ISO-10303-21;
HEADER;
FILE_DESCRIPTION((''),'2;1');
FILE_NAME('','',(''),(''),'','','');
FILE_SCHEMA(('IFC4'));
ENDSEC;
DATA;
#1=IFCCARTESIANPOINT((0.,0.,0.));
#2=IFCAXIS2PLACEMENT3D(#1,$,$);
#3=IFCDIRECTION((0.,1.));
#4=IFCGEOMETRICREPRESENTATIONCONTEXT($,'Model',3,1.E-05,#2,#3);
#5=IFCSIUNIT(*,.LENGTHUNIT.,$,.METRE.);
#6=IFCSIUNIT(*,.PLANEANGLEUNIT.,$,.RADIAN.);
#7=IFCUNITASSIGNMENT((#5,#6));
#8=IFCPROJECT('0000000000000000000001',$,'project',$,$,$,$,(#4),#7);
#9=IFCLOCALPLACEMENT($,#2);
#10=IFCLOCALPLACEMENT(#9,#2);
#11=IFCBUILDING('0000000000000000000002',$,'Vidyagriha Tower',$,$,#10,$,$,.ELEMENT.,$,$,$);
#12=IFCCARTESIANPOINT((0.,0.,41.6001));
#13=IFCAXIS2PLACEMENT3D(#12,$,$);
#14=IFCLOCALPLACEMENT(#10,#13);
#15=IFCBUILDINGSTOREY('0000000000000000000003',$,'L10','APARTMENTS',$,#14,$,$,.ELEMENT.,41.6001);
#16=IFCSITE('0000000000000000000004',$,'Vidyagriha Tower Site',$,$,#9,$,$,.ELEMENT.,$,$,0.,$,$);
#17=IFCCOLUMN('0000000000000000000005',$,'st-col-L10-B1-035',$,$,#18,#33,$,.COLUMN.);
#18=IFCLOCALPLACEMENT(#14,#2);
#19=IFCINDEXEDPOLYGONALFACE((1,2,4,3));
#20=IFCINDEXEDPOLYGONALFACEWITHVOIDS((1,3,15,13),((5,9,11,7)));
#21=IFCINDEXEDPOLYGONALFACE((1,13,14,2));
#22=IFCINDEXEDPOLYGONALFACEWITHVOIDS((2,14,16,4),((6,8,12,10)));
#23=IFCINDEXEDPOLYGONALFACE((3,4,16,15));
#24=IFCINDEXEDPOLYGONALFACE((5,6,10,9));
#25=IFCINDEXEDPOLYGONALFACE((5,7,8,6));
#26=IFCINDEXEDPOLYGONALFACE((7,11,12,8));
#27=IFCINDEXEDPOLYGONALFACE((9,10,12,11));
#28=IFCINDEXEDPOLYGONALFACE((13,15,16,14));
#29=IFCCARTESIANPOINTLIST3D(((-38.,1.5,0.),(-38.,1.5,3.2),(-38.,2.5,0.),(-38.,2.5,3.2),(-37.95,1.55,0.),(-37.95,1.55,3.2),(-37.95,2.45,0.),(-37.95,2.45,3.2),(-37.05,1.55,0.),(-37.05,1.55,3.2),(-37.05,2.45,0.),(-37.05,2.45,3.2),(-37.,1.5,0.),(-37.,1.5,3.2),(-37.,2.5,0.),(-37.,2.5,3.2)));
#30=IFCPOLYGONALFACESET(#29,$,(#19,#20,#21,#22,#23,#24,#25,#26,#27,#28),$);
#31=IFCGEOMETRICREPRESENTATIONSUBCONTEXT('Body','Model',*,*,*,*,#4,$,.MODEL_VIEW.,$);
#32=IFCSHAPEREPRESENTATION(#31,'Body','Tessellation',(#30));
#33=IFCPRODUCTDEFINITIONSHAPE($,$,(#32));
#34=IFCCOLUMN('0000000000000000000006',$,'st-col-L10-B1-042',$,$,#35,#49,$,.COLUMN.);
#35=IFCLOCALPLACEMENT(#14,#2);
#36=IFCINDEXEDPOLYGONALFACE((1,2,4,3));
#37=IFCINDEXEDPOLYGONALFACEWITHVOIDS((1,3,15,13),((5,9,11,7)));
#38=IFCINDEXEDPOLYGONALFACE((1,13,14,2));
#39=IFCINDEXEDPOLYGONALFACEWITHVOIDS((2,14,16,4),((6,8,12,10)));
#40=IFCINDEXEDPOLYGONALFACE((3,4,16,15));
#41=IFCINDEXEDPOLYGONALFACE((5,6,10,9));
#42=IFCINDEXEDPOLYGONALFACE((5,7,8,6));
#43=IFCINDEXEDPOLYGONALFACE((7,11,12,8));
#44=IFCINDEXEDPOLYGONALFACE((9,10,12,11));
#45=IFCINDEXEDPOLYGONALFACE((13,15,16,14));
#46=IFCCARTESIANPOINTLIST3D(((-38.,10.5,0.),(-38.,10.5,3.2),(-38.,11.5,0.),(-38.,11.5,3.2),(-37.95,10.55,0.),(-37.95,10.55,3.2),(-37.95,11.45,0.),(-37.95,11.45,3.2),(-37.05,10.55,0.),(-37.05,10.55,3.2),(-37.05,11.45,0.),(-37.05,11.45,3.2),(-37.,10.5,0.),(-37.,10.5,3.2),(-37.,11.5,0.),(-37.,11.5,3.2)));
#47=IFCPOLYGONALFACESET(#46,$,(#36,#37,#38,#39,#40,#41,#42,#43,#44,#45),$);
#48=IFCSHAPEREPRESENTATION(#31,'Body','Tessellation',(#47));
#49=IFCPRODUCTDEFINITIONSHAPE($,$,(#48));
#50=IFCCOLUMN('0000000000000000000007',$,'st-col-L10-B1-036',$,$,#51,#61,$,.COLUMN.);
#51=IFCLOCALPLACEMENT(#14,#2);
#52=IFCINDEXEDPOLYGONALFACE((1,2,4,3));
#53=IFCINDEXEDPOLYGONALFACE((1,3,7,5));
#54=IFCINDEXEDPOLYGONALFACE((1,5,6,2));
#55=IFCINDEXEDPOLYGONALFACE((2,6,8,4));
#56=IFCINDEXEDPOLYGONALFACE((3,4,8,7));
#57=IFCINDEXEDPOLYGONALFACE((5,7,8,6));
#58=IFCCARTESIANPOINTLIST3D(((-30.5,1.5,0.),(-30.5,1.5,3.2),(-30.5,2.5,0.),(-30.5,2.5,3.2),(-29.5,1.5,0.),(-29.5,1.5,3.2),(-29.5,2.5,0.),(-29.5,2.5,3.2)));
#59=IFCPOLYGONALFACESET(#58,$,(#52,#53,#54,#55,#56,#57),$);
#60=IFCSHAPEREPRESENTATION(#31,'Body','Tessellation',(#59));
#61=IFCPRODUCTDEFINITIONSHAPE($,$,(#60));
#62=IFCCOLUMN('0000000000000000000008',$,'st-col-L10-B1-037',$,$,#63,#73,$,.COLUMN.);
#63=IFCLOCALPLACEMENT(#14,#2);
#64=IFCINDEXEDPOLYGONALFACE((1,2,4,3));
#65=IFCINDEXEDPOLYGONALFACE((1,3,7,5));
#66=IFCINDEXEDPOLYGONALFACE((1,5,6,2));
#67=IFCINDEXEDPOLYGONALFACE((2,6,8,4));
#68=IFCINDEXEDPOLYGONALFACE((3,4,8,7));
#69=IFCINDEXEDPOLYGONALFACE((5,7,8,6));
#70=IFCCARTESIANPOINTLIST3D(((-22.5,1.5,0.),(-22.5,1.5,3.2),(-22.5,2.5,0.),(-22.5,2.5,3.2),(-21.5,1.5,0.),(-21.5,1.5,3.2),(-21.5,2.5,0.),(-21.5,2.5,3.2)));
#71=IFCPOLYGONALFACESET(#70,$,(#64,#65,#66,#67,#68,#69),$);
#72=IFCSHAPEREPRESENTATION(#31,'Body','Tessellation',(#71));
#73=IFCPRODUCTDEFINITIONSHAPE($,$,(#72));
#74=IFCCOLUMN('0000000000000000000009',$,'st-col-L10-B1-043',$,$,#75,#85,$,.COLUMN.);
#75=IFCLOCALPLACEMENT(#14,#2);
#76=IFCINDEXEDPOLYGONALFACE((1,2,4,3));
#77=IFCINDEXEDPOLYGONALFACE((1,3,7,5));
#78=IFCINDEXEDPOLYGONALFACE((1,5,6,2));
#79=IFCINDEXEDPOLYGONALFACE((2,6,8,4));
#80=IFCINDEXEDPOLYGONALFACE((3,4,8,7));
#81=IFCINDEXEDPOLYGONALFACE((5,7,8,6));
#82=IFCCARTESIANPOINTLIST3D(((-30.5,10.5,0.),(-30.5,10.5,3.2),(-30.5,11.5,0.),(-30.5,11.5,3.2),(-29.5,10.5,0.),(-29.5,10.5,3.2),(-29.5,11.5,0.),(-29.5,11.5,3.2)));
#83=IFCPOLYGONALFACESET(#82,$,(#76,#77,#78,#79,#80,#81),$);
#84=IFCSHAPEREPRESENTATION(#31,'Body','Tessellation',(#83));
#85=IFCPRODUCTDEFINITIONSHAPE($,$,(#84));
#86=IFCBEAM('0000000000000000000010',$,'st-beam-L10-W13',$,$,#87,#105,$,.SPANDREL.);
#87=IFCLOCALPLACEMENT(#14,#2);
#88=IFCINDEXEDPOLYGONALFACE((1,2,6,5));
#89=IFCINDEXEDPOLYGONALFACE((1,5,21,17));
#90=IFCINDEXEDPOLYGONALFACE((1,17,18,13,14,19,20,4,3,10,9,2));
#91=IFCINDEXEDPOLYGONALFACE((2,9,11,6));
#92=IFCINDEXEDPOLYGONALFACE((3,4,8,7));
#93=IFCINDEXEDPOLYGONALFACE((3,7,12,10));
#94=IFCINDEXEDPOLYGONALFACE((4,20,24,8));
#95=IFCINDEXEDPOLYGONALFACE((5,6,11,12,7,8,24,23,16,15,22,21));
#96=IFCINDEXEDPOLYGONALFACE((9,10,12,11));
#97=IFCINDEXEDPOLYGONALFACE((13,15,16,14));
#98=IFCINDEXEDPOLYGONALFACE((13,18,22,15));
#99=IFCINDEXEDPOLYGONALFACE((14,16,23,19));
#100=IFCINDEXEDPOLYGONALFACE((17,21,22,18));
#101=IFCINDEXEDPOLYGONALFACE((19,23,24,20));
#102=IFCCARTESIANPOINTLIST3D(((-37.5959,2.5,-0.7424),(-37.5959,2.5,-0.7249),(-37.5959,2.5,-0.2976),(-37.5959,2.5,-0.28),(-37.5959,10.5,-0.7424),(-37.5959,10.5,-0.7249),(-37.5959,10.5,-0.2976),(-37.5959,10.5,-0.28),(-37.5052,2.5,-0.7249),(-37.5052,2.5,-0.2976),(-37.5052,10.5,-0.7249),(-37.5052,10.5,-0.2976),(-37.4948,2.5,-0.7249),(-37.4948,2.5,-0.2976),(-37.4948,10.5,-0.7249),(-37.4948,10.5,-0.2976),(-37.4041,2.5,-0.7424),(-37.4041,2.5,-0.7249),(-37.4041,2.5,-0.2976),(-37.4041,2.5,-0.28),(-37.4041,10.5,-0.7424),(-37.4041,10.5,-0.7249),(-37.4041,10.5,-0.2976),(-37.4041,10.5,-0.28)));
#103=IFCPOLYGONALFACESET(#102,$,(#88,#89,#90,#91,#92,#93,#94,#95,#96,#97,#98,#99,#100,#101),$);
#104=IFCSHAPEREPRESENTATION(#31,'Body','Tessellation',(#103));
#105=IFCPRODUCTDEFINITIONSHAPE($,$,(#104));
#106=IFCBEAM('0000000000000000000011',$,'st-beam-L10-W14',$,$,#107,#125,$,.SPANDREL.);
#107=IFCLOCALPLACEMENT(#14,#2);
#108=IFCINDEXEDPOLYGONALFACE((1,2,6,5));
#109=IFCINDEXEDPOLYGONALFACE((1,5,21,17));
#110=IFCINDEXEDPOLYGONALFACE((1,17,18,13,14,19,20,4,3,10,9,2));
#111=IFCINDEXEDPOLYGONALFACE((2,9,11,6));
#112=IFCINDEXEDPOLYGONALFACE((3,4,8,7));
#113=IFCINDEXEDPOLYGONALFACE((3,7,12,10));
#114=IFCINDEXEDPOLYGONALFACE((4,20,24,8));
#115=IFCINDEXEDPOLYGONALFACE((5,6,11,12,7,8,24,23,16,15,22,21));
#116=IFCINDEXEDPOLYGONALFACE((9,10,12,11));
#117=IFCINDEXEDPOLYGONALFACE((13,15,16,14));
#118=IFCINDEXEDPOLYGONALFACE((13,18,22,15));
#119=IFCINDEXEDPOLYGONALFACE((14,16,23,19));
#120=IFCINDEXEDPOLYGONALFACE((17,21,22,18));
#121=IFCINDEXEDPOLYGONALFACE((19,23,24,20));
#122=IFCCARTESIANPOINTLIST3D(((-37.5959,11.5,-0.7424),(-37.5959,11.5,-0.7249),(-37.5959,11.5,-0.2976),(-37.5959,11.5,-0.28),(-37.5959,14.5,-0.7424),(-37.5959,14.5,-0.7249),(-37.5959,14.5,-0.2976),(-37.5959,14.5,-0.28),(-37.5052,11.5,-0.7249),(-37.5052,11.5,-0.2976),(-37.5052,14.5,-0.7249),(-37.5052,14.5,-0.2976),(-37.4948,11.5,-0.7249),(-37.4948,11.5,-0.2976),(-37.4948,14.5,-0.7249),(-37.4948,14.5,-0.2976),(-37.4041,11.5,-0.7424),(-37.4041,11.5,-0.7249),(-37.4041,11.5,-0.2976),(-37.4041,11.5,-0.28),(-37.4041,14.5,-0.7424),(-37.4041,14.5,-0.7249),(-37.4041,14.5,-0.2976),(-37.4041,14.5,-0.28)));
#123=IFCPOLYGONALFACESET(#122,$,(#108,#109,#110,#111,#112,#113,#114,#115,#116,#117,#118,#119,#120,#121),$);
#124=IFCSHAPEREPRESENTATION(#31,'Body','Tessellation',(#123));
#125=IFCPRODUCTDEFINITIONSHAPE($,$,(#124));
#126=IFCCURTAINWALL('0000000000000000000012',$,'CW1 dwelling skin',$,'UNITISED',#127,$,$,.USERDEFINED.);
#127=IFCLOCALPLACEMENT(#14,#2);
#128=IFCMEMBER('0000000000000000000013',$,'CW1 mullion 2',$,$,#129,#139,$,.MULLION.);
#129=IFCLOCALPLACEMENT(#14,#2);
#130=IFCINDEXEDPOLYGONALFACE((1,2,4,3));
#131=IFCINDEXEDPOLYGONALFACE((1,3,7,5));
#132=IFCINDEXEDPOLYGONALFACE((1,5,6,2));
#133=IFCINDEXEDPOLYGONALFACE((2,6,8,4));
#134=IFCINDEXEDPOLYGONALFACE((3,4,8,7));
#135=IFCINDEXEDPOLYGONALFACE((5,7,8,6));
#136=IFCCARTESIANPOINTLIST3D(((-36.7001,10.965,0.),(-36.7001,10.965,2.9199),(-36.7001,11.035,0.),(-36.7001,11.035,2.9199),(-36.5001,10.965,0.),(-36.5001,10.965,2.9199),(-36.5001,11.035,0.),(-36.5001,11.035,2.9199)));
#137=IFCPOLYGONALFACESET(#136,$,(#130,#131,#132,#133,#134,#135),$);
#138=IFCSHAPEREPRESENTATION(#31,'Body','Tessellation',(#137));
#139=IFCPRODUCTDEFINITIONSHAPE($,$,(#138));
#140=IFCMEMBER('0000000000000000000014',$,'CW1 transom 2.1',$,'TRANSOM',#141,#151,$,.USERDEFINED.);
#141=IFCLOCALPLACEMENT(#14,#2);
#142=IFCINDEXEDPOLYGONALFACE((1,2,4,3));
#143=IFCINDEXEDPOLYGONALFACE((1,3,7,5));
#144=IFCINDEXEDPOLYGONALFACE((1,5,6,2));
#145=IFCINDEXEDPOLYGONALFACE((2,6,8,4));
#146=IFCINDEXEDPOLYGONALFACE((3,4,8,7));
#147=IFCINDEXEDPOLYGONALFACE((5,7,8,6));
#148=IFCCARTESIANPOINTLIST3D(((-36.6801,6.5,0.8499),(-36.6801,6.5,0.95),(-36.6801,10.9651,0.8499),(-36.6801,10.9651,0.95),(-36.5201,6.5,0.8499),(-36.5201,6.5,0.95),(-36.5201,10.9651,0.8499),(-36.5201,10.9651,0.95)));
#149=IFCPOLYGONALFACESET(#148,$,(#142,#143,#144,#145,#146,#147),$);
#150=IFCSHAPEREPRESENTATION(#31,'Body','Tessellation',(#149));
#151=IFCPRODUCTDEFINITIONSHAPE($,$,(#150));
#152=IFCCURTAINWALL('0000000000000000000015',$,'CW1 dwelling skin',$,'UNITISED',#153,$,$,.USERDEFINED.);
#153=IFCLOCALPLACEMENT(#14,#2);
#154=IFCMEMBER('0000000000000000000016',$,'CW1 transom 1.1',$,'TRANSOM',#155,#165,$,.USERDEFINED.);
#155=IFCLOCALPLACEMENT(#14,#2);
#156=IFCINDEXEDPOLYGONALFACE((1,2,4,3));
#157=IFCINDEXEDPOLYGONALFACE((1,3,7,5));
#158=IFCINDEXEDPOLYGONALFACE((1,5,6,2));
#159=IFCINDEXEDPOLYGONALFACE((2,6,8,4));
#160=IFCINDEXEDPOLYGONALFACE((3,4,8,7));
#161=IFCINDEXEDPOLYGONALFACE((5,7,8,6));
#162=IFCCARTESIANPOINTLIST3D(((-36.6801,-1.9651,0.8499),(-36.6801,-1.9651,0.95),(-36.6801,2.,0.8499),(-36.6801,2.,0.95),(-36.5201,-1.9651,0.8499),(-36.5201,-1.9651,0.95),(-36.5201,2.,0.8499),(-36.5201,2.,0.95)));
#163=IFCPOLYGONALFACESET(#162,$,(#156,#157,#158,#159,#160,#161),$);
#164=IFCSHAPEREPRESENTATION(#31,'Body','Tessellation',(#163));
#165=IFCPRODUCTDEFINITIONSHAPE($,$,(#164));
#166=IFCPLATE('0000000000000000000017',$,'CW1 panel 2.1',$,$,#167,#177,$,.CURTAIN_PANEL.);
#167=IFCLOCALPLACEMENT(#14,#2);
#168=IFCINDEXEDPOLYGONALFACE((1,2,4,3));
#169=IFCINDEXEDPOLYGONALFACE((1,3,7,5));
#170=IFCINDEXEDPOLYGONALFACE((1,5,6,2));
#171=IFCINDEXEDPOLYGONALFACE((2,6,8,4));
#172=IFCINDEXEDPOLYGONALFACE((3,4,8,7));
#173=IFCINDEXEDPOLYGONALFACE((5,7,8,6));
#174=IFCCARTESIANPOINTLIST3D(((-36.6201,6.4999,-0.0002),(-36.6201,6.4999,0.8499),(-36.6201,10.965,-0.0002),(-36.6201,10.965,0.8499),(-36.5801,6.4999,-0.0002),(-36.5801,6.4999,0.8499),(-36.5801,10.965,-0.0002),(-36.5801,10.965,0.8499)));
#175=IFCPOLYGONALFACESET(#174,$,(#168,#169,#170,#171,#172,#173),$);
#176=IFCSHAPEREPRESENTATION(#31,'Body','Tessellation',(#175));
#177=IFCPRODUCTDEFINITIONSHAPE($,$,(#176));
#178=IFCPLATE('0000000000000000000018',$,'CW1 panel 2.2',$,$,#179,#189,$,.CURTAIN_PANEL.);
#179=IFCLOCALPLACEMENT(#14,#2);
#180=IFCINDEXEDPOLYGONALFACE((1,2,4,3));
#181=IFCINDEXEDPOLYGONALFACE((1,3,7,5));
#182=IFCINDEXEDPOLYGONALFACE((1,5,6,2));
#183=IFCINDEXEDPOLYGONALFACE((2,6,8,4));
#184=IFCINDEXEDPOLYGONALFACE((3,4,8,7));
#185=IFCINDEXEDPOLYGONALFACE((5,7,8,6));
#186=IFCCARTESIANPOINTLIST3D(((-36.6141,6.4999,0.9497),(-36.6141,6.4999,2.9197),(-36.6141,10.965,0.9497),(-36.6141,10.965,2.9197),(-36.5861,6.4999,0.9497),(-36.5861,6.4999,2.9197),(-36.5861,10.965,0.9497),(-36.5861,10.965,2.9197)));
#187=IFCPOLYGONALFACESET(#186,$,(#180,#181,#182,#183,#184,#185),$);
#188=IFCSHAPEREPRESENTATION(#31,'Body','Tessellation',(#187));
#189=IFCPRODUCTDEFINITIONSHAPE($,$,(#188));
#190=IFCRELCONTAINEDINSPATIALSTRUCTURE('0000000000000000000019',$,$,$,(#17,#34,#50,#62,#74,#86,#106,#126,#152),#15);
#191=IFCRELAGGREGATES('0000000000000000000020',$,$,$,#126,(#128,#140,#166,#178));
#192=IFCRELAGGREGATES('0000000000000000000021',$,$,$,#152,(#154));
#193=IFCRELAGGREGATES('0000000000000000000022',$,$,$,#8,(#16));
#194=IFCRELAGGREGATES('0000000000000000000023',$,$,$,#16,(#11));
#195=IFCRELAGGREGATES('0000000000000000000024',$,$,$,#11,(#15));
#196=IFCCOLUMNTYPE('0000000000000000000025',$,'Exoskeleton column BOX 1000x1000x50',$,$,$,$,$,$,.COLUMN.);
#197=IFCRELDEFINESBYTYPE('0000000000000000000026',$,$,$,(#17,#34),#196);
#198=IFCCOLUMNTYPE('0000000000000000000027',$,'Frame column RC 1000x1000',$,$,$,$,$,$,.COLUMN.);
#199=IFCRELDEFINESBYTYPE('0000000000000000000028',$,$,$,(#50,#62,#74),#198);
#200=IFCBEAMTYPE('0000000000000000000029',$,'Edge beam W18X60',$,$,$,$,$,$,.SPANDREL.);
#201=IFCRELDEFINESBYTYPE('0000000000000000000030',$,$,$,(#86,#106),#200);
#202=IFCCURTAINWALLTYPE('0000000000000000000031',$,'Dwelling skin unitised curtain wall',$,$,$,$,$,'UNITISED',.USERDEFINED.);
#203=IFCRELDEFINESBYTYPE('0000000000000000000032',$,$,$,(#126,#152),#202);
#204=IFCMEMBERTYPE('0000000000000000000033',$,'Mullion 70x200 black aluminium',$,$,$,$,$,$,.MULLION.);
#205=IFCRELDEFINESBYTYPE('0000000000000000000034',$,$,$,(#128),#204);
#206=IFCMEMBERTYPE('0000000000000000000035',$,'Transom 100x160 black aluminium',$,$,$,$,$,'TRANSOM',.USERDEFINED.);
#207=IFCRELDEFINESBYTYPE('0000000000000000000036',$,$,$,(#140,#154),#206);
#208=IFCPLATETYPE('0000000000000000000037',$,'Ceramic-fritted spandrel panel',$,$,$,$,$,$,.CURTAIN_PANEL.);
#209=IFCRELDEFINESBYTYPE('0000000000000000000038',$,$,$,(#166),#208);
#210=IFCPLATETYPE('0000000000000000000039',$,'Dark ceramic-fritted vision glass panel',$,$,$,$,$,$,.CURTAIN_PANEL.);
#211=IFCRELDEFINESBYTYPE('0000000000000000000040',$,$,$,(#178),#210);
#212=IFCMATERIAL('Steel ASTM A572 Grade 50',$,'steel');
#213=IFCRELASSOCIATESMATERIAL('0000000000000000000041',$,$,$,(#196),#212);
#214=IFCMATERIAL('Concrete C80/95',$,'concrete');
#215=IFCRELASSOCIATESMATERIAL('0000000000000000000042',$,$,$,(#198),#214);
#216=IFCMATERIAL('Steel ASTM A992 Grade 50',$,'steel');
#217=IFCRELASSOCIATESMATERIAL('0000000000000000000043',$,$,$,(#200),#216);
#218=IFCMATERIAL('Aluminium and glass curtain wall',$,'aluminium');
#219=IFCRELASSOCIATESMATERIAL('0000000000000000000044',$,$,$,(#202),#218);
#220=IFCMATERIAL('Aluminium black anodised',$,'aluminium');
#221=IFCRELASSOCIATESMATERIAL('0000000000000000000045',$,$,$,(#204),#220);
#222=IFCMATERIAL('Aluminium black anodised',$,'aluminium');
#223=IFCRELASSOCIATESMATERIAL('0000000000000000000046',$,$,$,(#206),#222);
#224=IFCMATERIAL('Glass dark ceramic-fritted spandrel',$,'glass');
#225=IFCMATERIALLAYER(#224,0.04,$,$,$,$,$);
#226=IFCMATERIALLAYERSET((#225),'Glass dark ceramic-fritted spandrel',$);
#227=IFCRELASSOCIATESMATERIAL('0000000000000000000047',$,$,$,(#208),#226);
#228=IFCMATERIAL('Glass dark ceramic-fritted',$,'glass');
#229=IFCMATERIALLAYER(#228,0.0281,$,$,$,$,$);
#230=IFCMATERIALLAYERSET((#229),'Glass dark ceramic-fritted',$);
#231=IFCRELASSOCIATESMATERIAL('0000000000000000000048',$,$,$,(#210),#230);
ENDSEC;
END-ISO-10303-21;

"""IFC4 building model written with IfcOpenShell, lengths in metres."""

from ifc_helpers import new_model, si_unit, direction, frame, origin, origin_2d, place, context, subcontext, project, spatial, rectangle, hollow_rectangle, i_section, extrude, material, layer, layer_set, material_profile, profile_set, type_object, element, aggregate, save


model = new_model("IFC4")

# Units and contexts
model_context = context("Model", 3, precision=1e-05, world=origin(), true_north=direction((0.0, 1.0)))
body_context = subcontext(model_context, "Body", "Model", "MODEL_VIEW")
ifc_project = project(units=[si_unit("LENGTHUNIT", "METRE"), si_unit("PLANEANGLEUNIT", "RADIAN")], contexts=[model_context])

# Site, building, storey
site_placement = place(None, origin())
site = spatial("IfcSite", under=ifc_project, at=site_placement, Name="Vidyagriha Tower Site", CompositionType="ELEMENT", RefElevation=0.0)
building_placement = place(site_placement, origin())
building = spatial("IfcBuilding", under=site, at=building_placement, Name="Vidyagriha Tower", CompositionType="ELEMENT")
storey_placement = place(building_placement, frame((0.0, 0.0, 41.6001)))
storey = spatial("IfcBuildingStorey", under=building, at=storey_placement, Name="L10", Description="APARTMENTS", CompositionType="ELEMENT", Elevation=41.6001)

# Columns
ifc_material_1 = material(Name="Steel ASTM A572 Grade 50", Category="steel")
ifc_material_profile_1 = material_profile(ifc_material_1, hollow_rectangle(XDim=1.0, YDim=1.0, WallThickness=0.05, at=origin_2d()), Name="BOX 1000x1000x50")
ifc_profile_set_1 = profile_set([ifc_material_profile_1], Name="Steel ASTM A572 Grade 50")
column_type_1 = type_object("IfcColumnType", Name="Exoskeleton column BOX 1000x1000x50", PredefinedType="COLUMN", material=ifc_profile_set_1)
for number, where, name in (
    (1, (-37.5, 2.0, 0.0), "st-col-L10-B1-035"),
    (2, (-37.5, 11.0, 0.0), "st-col-L10-B1-042"),
):
    element("IfcColumn", number, at=place(storey_placement, frame(where)), inside=storey, type_object=column_type_1, Name=name, PredefinedType="COLUMN", context=body_context, shape_type="SweptSolid", body=[
        extrude(hollow_rectangle(XDim=1.0, YDim=1.0, WallThickness=0.05, at=origin_2d()), origin(), (0.0, 0.0, 1.0), 3.2),
    ])
ifc_material_2 = material(Name="Concrete C80/95", Category="concrete")
ifc_material_profile_2 = material_profile(ifc_material_2, rectangle(XDim=1.0, YDim=1.0, at=origin_2d()), Name="RC 1000x1000")
ifc_profile_set_2 = profile_set([ifc_material_profile_2], Name="Concrete C80/95")
column_type_2 = type_object("IfcColumnType", Name="Frame column RC 1000x1000", PredefinedType="COLUMN", material=ifc_profile_set_2)
for number, where, name in (
    (3, (-30.0, 2.0, 0.0), "st-col-L10-B1-036"),
    (4, (-22.0, 2.0, 0.0), "st-col-L10-B1-037"),
    (5, (-30.0, 11.0, 0.0), "st-col-L10-B1-043"),
):
    element("IfcColumn", number, at=place(storey_placement, frame(where)), inside=storey, type_object=column_type_2, Name=name, PredefinedType="COLUMN", context=body_context, shape_type="SweptSolid", body=[
        extrude(rectangle(XDim=1.0, YDim=1.0, at=origin_2d()), origin(), (0.0, 0.0, 1.0), 3.2),
    ])

# Beams
ifc_material_3 = material(Name="Steel ASTM A992 Grade 50", Category="steel")
ifc_material_profile_3 = material_profile(ifc_material_3, i_section(OverallWidth=0.1919, OverallDepth=0.4624, WebThickness=0.0105, FlangeThickness=0.0176, at=origin_2d()), Name="W18X60")
ifc_profile_set_3 = profile_set([ifc_material_profile_3], Name="Steel ASTM A992 Grade 50")
beam_type = type_object("IfcBeamType", Name="Edge beam W18X60", PredefinedType="SPANDREL", material=ifc_profile_set_3)
beam_1_placement = place(storey_placement, frame((-37.5, 2.5, -0.5112), z_axis=(0.0, 1.0, 0.0), x_axis=(-1.0, 0.0, 0.0)))
element("IfcBeam", 6, at=beam_1_placement, inside=storey, type_object=beam_type, Name="st-beam-L10-W13", PredefinedType="SPANDREL", context=body_context, shape_type="SweptSolid", body=[
    extrude(i_section(OverallWidth=0.1919, OverallDepth=0.4624, WebThickness=0.0105, FlangeThickness=0.0176, at=origin_2d()), origin(), (0.0, 0.0, 1.0), 8.0),
])
beam_2_placement = place(storey_placement, frame((-37.5, 11.5, -0.5112), z_axis=(0.0, 1.0, 0.0), x_axis=(-1.0, 0.0, 0.0)))
element("IfcBeam", 7, at=beam_2_placement, inside=storey, type_object=beam_type, Name="st-beam-L10-W14", PredefinedType="SPANDREL", context=body_context, shape_type="SweptSolid", body=[
    extrude(i_section(OverallWidth=0.1919, OverallDepth=0.4624, WebThickness=0.0105, FlangeThickness=0.0176, at=origin_2d()), origin(), (0.0, 0.0, 1.0), 3.0),
])

# Curtain wall, members
ifc_material_4 = material(Name="Aluminium and glass curtain wall", Category="aluminium")
curtain_wall_type = type_object("IfcCurtainWallType", Name="Dwelling skin unitised curtain wall", ElementType="UNITISED", PredefinedType="USERDEFINED", material=ifc_material_4)
curtain_wall_1_placement = place(storey_placement, origin())
curtain_wall_1 = element("IfcCurtainWall", 8, at=curtain_wall_1_placement, inside=storey, type_object=curtain_wall_type, Name="CW1 dwelling skin", ObjectType="UNITISED", PredefinedType="USERDEFINED")
ifc_material_5 = material(Name="Aluminium black anodised", Category="aluminium")
ifc_material_profile_4 = material_profile(ifc_material_5, rectangle(XDim=0.2, YDim=0.0701, at=origin_2d()), Name="Mullion 70x200 black aluminium")
ifc_profile_set_4 = profile_set([ifc_material_profile_4], Name="Aluminium black anodised")
member_type_1 = type_object("IfcMemberType", Name="Mullion 70x200 black aluminium", PredefinedType="MULLION", material=ifc_profile_set_4)
member_1_placement = place(storey_placement, frame((-36.6001, 11.0, 0.0)))
member_1 = element("IfcMember", 9, at=member_1_placement, type_object=member_type_1, Name="CW1 mullion 2", PredefinedType="MULLION", context=body_context, shape_type="SweptSolid", body=[
    extrude(rectangle(XDim=0.2, YDim=0.0701, at=origin_2d()), origin(), (0.0, 0.0, 1.0), 2.9199),
])
ifc_material_6 = material(Name="Aluminium black anodised", Category="aluminium")
ifc_material_profile_5 = material_profile(ifc_material_6, rectangle(XDim=0.1599, YDim=0.1001, at=origin_2d()), Name="Transom 100x160 black aluminium")
ifc_profile_set_5 = profile_set([ifc_material_profile_5], Name="Aluminium black anodised")
member_type_2 = type_object("IfcMemberType", Name="Transom 100x160 black aluminium", ElementType="TRANSOM", PredefinedType="USERDEFINED", material=ifc_profile_set_5)
member_2_placement = place(storey_placement, frame((-36.6001, 10.9651, 0.8999), z_axis=(0.0, -1.0, 0.0), x_axis=(1.0, 0.0, 0.0)))
member_2 = element("IfcMember", 10, at=member_2_placement, type_object=member_type_2, Name="CW1 transom 2.1", ObjectType="TRANSOM", PredefinedType="USERDEFINED", context=body_context, shape_type="SweptSolid", body=[
    extrude(rectangle(XDim=0.1599, YDim=0.1001, at=origin_2d()), origin(), (0.0, 0.0, 1.0), 4.4651),
])

# Curtain wall, member
curtain_wall_2_placement = place(storey_placement, origin())
curtain_wall_2 = element("IfcCurtainWall", 11, at=curtain_wall_2_placement, inside=storey, type_object=curtain_wall_type, Name="CW1 dwelling skin", ObjectType="UNITISED", PredefinedType="USERDEFINED")
member_3_placement = place(storey_placement, frame((-36.6001, 2.0, 0.8999), z_axis=(0.0, -1.0, 0.0), x_axis=(1.0, 0.0, 0.0)))
member_3 = element("IfcMember", 12, at=member_3_placement, type_object=member_type_2, Name="CW1 transom 1.1", ObjectType="TRANSOM", PredefinedType="USERDEFINED", context=body_context, shape_type="SweptSolid", body=[
    extrude(rectangle(XDim=0.1599, YDim=0.1001, at=origin_2d()), origin(), (0.0, 0.0, 1.0), 3.9651),
])

# Plates
ifc_material_7 = material(Name="Glass dark ceramic-fritted spandrel", Category="glass")
ifc_layer_1 = layer(ifc_material_7, 0.04)
ifc_layer_set_1 = layer_set([ifc_layer_1], Name="Glass dark ceramic-fritted spandrel")
plate_type_1 = type_object("IfcPlateType", Name="Ceramic-fritted spandrel panel", PredefinedType="CURTAIN_PANEL", material=ifc_layer_set_1)
plate_1_placement = place(storey_placement, frame((-36.6001, 8.7324, -0.0002), z_axis=(0.0, 0.0, 1.0), x_axis=(0.0, -1.0, 0.0)))
plate_1 = element("IfcPlate", 13, at=plate_1_placement, type_object=plate_type_1, Name="CW1 panel 2.1", PredefinedType="CURTAIN_PANEL", context=body_context, shape_type="SweptSolid", body=[
    extrude(rectangle(XDim=4.4651, YDim=0.04, at=origin_2d()), origin(), (0.0, 0.0, 1.0), 0.8501),
])
ifc_material_8 = material(Name="Glass dark ceramic-fritted", Category="glass")
ifc_layer_2 = layer(ifc_material_8, 0.0281)
ifc_layer_set_2 = layer_set([ifc_layer_2], Name="Glass dark ceramic-fritted")
plate_type_2 = type_object("IfcPlateType", Name="Dark ceramic-fritted vision glass panel", PredefinedType="CURTAIN_PANEL", material=ifc_layer_set_2)
plate_2_placement = place(storey_placement, frame((-36.6001, 8.7324, 0.9497), z_axis=(0.0, 0.0, 1.0), x_axis=(0.0, -1.0, 0.0)))
plate_2 = element("IfcPlate", 14, at=plate_2_placement, type_object=plate_type_2, Name="CW1 panel 2.2", PredefinedType="CURTAIN_PANEL", context=body_context, shape_type="SweptSolid", body=[
    extrude(rectangle(XDim=4.4651, YDim=0.0281, at=origin_2d()), origin(), (0.0, 0.0, 1.0), 1.97),
])
aggregate(curtain_wall_1, [member_1, member_2, plate_1, plate_2])
aggregate(curtain_wall_2, [member_3])

save(model, "model.ifc")
